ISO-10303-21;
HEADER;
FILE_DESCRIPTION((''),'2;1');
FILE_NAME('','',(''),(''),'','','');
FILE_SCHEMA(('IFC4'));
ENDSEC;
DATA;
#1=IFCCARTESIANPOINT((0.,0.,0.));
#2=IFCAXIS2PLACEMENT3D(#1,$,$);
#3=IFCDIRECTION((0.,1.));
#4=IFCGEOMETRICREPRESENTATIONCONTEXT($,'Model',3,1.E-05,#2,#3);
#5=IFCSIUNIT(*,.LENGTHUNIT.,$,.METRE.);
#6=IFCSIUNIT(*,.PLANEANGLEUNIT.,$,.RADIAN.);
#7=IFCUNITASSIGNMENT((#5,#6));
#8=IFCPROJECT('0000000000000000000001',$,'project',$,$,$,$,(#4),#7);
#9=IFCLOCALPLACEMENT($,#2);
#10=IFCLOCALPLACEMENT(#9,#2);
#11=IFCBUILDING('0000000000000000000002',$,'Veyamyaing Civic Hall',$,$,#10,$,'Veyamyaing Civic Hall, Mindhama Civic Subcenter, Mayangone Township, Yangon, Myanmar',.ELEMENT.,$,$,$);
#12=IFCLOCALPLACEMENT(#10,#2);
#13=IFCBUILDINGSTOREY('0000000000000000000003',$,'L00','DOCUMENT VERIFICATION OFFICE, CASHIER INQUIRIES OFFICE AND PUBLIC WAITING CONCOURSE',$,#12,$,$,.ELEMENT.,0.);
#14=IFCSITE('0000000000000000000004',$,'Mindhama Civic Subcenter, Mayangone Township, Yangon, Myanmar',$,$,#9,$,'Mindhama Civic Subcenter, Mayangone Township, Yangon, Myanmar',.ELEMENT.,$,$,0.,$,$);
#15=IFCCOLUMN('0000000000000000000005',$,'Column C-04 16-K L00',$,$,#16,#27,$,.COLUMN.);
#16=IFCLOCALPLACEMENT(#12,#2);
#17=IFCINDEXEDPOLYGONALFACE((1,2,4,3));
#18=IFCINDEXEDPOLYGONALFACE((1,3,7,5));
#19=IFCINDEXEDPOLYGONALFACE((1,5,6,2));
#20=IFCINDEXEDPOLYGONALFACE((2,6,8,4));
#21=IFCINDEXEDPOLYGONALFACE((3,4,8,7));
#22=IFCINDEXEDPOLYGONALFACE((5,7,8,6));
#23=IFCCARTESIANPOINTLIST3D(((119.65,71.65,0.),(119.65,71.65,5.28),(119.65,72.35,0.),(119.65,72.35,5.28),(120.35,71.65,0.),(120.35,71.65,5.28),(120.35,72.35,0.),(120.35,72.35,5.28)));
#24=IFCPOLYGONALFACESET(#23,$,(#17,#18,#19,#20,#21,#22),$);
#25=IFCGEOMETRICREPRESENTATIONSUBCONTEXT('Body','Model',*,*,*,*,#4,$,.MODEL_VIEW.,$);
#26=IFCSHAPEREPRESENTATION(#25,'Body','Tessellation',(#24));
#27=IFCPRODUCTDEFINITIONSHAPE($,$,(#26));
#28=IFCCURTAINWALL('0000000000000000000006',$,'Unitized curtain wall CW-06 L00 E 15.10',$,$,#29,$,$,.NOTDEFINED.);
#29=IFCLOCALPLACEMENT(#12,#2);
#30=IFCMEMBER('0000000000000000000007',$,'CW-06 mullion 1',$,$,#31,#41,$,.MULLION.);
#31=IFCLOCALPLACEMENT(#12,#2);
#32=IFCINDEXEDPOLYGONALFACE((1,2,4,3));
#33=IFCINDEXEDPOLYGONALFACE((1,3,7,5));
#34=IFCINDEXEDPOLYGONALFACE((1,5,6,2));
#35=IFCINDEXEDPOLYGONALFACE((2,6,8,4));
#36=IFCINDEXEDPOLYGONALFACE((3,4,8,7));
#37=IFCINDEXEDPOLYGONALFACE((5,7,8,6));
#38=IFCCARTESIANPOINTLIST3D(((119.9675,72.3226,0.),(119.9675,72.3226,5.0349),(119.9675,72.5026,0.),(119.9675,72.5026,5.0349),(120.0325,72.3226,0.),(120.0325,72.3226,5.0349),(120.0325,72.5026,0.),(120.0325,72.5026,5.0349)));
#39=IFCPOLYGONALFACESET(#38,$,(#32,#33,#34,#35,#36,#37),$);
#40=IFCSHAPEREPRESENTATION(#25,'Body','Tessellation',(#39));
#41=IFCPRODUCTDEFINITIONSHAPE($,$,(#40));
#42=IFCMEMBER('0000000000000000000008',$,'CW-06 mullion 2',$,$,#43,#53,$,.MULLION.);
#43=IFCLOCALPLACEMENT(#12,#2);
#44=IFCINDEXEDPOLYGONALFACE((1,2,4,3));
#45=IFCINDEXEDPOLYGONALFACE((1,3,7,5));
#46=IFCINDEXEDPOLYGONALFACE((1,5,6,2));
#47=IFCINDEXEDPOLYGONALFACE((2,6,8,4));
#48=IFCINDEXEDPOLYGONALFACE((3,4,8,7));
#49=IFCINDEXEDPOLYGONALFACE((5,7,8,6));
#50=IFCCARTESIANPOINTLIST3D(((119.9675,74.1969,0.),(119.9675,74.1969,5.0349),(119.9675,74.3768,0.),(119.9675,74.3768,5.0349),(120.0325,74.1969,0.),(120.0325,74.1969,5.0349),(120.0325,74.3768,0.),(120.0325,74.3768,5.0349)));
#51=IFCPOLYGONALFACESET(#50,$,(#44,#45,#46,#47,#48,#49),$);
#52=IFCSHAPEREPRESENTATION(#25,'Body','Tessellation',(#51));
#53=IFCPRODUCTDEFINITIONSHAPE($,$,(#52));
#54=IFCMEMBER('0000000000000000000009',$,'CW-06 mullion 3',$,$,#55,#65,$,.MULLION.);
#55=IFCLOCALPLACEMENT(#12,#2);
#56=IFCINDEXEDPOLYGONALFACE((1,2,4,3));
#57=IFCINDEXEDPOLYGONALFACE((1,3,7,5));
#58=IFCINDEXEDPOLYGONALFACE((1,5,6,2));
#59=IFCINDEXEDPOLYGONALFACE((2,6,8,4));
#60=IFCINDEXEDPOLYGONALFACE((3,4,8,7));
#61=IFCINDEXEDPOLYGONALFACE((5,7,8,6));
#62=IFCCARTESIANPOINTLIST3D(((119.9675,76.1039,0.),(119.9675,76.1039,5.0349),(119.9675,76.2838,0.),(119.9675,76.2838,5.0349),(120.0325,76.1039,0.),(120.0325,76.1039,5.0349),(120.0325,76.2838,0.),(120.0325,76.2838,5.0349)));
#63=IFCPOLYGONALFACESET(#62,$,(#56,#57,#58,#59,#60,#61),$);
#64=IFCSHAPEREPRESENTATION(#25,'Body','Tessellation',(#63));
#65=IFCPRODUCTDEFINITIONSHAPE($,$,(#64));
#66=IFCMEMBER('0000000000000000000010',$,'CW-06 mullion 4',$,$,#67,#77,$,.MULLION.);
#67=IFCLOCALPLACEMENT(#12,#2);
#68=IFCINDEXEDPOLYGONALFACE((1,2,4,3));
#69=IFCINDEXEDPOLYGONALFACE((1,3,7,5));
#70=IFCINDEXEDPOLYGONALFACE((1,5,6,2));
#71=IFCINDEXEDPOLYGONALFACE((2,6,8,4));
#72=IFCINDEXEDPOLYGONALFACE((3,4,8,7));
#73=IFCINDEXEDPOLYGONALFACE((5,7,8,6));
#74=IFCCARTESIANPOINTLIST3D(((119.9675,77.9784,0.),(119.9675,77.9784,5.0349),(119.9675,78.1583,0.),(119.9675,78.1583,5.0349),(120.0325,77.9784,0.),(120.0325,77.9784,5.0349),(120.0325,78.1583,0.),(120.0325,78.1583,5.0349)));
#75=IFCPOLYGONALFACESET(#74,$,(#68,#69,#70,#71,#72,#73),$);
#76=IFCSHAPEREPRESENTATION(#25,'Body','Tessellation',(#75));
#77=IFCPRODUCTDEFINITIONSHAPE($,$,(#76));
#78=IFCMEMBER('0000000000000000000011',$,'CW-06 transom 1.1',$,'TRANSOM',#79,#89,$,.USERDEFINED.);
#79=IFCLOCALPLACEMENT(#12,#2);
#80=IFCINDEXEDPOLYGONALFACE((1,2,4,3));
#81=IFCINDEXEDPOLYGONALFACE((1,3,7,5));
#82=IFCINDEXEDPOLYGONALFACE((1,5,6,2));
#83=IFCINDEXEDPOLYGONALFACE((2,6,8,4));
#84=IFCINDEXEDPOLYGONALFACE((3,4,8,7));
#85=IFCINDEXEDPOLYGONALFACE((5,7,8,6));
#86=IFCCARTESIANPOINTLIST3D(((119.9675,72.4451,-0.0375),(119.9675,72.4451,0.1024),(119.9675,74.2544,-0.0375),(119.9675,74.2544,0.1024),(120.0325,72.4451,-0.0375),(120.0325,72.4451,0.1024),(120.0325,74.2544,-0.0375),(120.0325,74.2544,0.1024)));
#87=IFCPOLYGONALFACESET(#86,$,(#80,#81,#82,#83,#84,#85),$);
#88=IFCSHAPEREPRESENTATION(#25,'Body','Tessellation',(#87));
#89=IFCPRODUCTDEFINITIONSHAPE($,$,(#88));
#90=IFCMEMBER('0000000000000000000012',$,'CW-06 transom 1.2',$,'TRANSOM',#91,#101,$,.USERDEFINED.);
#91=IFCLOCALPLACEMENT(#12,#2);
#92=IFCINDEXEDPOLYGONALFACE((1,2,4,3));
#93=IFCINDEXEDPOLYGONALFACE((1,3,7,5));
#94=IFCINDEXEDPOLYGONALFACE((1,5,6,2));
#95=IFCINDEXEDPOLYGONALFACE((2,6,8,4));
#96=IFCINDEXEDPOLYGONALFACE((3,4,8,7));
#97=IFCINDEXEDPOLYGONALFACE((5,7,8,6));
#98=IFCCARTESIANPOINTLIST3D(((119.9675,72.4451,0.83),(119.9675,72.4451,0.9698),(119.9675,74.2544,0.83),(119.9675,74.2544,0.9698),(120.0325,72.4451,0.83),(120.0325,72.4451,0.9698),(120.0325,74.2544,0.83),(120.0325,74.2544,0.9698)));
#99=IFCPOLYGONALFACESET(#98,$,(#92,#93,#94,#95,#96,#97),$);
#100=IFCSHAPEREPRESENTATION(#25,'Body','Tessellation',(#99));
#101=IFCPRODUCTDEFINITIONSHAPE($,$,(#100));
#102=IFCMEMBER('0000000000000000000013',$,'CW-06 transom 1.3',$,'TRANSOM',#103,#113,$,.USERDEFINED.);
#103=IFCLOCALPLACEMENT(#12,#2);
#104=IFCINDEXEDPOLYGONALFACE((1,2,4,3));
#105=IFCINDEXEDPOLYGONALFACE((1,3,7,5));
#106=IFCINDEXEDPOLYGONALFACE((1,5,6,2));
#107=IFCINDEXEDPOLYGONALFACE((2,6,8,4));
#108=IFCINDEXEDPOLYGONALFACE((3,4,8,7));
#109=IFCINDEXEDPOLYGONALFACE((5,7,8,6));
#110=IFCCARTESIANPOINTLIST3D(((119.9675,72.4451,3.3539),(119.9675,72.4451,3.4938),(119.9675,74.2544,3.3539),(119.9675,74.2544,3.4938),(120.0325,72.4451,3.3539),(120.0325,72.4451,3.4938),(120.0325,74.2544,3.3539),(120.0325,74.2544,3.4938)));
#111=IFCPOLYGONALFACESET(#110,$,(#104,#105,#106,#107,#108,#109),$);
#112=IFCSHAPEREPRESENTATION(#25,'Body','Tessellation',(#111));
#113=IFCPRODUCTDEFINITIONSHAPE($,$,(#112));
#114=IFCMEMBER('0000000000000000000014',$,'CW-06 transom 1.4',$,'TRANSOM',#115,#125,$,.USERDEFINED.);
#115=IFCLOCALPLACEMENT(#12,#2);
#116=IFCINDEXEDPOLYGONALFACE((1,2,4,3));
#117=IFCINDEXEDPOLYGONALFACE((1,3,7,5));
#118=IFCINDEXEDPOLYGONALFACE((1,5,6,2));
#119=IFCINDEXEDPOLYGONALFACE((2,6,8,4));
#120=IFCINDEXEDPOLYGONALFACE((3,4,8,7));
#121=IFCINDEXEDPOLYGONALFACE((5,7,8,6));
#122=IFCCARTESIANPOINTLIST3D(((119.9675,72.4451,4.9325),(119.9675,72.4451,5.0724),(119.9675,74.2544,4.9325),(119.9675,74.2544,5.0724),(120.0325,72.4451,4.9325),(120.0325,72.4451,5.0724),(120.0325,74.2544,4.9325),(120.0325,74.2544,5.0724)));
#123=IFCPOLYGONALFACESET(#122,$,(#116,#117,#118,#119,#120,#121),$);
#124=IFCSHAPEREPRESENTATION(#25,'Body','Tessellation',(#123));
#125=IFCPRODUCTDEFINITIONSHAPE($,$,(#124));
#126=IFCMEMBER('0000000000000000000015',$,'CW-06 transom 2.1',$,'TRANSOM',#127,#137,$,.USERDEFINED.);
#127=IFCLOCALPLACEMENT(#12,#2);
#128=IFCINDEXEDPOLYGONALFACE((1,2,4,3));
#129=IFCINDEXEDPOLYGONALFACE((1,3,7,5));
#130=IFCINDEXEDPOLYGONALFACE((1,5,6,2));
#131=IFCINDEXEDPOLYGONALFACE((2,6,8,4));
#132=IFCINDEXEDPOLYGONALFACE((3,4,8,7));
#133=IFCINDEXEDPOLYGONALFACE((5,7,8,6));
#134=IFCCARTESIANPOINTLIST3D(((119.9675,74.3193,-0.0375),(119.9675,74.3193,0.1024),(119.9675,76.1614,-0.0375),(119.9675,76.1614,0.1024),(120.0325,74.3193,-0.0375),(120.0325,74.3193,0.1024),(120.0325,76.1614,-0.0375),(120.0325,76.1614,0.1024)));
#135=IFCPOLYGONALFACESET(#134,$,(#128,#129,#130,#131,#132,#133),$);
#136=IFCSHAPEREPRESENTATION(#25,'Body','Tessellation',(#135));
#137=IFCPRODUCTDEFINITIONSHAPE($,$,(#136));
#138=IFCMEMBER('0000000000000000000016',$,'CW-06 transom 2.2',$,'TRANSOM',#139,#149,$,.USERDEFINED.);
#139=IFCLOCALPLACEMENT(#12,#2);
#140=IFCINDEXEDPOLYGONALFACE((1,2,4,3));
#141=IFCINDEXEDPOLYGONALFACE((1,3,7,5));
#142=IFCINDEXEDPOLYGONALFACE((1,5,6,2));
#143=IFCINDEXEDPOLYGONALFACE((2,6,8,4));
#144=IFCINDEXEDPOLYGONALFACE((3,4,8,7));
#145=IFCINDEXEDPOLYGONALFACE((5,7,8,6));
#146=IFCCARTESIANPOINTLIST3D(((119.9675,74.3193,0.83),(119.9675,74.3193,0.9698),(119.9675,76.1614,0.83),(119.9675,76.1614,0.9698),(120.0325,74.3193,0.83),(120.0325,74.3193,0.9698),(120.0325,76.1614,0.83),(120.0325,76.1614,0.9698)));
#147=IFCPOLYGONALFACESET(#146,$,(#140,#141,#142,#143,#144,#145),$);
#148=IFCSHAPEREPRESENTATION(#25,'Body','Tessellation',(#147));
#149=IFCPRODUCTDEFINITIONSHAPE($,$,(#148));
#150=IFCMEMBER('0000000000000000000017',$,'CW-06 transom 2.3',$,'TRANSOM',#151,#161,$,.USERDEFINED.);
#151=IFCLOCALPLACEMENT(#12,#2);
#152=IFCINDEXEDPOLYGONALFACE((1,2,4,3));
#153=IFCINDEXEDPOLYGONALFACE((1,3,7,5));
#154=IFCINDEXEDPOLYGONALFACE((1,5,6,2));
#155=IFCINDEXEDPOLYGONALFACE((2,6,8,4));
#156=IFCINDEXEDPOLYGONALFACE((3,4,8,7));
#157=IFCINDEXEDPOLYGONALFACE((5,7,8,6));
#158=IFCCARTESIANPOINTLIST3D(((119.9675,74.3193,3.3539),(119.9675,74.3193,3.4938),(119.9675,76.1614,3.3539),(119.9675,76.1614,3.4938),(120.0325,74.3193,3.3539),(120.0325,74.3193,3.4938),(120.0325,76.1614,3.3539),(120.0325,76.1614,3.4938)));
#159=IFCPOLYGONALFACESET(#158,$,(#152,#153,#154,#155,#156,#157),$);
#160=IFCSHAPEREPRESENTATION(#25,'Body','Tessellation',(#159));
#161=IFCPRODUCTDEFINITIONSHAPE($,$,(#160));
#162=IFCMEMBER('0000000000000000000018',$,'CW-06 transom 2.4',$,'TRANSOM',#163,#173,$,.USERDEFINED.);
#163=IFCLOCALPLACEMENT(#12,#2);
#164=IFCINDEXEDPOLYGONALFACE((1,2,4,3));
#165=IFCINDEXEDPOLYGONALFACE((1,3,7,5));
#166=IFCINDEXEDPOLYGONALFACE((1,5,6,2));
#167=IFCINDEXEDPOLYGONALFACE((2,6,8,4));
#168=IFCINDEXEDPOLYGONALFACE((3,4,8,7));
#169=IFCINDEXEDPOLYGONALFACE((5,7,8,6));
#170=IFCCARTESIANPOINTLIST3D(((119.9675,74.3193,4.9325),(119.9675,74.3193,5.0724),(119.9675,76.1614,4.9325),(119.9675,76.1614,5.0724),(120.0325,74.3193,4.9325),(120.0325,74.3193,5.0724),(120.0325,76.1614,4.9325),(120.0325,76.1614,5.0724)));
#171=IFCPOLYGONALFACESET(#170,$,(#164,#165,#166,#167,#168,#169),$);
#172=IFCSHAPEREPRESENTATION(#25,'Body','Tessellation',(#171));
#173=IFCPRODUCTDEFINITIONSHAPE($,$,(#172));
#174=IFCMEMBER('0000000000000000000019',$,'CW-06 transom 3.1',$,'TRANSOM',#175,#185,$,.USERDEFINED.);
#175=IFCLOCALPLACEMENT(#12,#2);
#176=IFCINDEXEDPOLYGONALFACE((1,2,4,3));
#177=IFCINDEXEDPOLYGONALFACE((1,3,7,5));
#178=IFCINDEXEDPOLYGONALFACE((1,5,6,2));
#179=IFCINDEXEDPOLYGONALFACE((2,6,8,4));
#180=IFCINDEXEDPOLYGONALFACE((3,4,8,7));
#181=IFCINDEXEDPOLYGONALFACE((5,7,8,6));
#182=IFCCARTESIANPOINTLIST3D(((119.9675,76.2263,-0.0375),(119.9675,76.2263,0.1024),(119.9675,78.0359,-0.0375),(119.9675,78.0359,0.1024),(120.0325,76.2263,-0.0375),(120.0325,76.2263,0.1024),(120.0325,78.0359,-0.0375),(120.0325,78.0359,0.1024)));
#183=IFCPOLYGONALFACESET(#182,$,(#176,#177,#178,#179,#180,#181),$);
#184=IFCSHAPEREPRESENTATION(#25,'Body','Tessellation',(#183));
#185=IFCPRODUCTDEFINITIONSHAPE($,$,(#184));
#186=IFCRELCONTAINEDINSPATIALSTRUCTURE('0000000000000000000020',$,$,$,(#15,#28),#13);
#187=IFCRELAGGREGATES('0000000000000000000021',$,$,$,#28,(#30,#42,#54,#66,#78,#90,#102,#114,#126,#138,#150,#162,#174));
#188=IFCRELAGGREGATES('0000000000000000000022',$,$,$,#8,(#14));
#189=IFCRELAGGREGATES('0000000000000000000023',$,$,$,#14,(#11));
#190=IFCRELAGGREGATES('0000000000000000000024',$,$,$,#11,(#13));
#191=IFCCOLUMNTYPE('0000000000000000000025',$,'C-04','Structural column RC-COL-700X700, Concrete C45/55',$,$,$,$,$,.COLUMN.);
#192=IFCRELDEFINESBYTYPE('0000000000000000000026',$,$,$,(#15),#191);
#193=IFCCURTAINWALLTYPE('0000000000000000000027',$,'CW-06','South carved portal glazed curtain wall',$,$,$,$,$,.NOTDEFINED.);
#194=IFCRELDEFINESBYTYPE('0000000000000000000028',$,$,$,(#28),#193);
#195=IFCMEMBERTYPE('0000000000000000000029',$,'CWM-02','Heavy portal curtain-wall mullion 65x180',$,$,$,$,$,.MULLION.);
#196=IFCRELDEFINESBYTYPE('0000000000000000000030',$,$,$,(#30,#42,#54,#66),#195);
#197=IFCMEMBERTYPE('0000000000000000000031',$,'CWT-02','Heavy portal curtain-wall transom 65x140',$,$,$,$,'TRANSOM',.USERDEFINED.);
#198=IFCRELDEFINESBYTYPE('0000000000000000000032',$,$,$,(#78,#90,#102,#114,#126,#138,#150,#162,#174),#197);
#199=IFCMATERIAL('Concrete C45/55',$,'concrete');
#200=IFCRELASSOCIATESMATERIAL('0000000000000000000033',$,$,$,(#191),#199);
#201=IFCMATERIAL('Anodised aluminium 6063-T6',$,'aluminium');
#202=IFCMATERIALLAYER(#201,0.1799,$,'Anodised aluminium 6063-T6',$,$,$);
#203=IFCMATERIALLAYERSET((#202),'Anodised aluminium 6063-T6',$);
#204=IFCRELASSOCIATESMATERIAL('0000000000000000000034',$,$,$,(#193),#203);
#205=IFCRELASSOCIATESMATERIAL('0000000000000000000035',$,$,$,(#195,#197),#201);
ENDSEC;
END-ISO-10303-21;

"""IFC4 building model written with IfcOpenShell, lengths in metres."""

from ifc_helpers import new_model, si_unit, direction, frame, origin, origin_2d, place, context, subcontext, project, spatial, rectangle, extrude, material, layer, layer_set, material_profile, profile_set, type_object, element, aggregate, save


model = new_model("IFC4")

# Units and contexts
model_context = context("Model", 3, precision=1e-05, world=origin(), true_north=direction((0.0, 1.0)))
body_context = subcontext(model_context, "Body", "Model", "MODEL_VIEW")
ifc_project = project(units=[si_unit("LENGTHUNIT", "METRE"), si_unit("PLANEANGLEUNIT", "RADIAN")], contexts=[model_context])

# Site, building, storey
site_placement = place(None, origin())
site = spatial("IfcSite", under=ifc_project, at=site_placement, Name="Mindhama Civic Subcenter, Mayangone Township, Yangon, Myanmar", LongName="Mindhama Civic Subcenter, Mayangone Township, Yangon, Myanmar", CompositionType="ELEMENT", RefElevation=0.0)
building_placement = place(site_placement, origin())
building = spatial("IfcBuilding", under=site, at=building_placement, Name="Veyamyaing Civic Hall", LongName="Veyamyaing Civic Hall, Mindhama Civic Subcenter, Mayangone Township, Yangon, Myanmar", CompositionType="ELEMENT")
storey_placement = place(building_placement, origin())
storey = spatial("IfcBuildingStorey", under=building, at=storey_placement, Name="L00", Description="DOCUMENT VERIFICATION OFFICE, CASHIER INQUIRIES OFFICE AND PUBLIC WAITING CONCOURSE", CompositionType="ELEMENT", Elevation=0.0)

# Column
ifc_material_1 = material(Name="Concrete C45/55", Category="concrete")
ifc_material_profile_1 = material_profile(ifc_material_1, rectangle(XDim=0.7, YDim=0.7, at=origin_2d()), Name="RC-COL-700X700")
ifc_profile_set_1 = profile_set([ifc_material_profile_1], Name="Concrete C45/55")
column_type = type_object("IfcColumnType", Name="C-04", Description="Structural column RC-COL-700X700, Concrete C45/55", PredefinedType="COLUMN", material=ifc_profile_set_1)
column_placement = place(storey_placement, frame((120.0, 72.0, 0.0), z_axis=(0.0, 0.0, 1.0), x_axis=(1.0, 0.0, 0.0)))
element("IfcColumn", 1, at=column_placement, inside=storey, type_object=column_type, Name="Column C-04 16-K L00", PredefinedType="COLUMN", context=body_context, shape_type="SweptSolid", body=[
    extrude(rectangle(XDim=0.7, YDim=0.7, at=origin_2d()), origin(), (0.0, 0.0, 1.0), 5.28),
])

# Curtain wall, members
ifc_material_2 = material(Name="Anodised aluminium 6063-T6", Category="aluminium")
ifc_layer_1 = layer(ifc_material_2, 0.1799, Name="Anodised aluminium 6063-T6")
ifc_layer_set_1 = layer_set([ifc_layer_1], Name="Anodised aluminium 6063-T6")
curtain_wall_type = type_object("IfcCurtainWallType", Name="CW-06", Description="South carved portal glazed curtain wall", PredefinedType="NOTDEFINED", material=ifc_layer_set_1)
curtain_wall_placement = place(storey_placement, origin())
curtain_wall = element("IfcCurtainWall", 2, at=curtain_wall_placement, inside=storey, type_object=curtain_wall_type, Name="Unitized curtain wall CW-06 L00 E 15.10", PredefinedType="NOTDEFINED")
ifc_material_profile_2 = material_profile(ifc_material_2, rectangle(XDim=0.0649, YDim=0.1799, at=origin_2d()), Name="ALU-MUL-65X180")
ifc_profile_set_2 = profile_set([ifc_material_profile_2], Name="Anodised aluminium 6063-T6")
member_type_1 = type_object("IfcMemberType", Name="CWM-02", Description="Heavy portal curtain-wall mullion 65x180", PredefinedType="MULLION", material=ifc_profile_set_2)
member_1_placement = place(storey_placement, frame((120.0, 72.4126, 0.0), z_axis=(0.0, 0.0, 1.0), x_axis=(-1.0, 0.0, 0.0)))
member_1 = element("IfcMember", 3, at=member_1_placement, type_object=member_type_1, Name="CW-06 mullion 1", PredefinedType="MULLION", context=body_context, shape_type="SweptSolid", body=[
    extrude(rectangle(XDim=0.0649, YDim=0.1799, at=origin_2d()), origin(), (0.0, 0.0, 1.0), 5.0349),
])
member_2_placement = place(storey_placement, frame((120.0, 74.2869, 0.0), z_axis=(0.0, 0.0, 1.0), x_axis=(-1.0, 0.0, 0.0)))
member_2 = element("IfcMember", 4, at=member_2_placement, type_object=member_type_1, Name="CW-06 mullion 2", PredefinedType="MULLION", context=body_context, shape_type="SweptSolid", body=[
    extrude(rectangle(XDim=0.0649, YDim=0.1799, at=origin_2d()), origin(), (0.0, 0.0, 1.0), 5.0349),
])
member_3_placement = place(storey_placement, frame((120.0, 76.1938, 0.0), z_axis=(0.0, 0.0, 1.0), x_axis=(-1.0, 0.0, 0.0)))
member_3 = element("IfcMember", 5, at=member_3_placement, type_object=member_type_1, Name="CW-06 mullion 3", PredefinedType="MULLION", context=body_context, shape_type="SweptSolid", body=[
    extrude(rectangle(XDim=0.0649, YDim=0.1799, at=origin_2d()), origin(), (0.0, 0.0, 1.0), 5.0349),
])
member_4_placement = place(storey_placement, frame((120.0, 78.0684, 0.0), z_axis=(0.0, 0.0, 1.0), x_axis=(-1.0, 0.0, 0.0)))
member_4 = element("IfcMember", 6, at=member_4_placement, type_object=member_type_1, Name="CW-06 mullion 4", PredefinedType="MULLION", context=body_context, shape_type="SweptSolid", body=[
    extrude(rectangle(XDim=0.0649, YDim=0.1799, at=origin_2d()), origin(), (0.0, 0.0, 1.0), 5.0349),
])
ifc_material_profile_3 = material_profile(ifc_material_2, rectangle(XDim=0.0649, YDim=0.1399, at=origin_2d()), Name="ALU-TRN-65X140")
ifc_profile_set_3 = profile_set([ifc_material_profile_3], Name="Anodised aluminium 6063-T6")
member_type_2 = type_object("IfcMemberType", Name="CWT-02", Description="Heavy portal curtain-wall transom 65x140", ElementType="TRANSOM", PredefinedType="USERDEFINED", material=ifc_profile_set_3)
member_5_placement = place(storey_placement, frame((120.0, 72.4451, 0.0325), z_axis=(0.0, 1.0, 0.0), x_axis=(-1.0, 0.0, 0.0)))
member_5 = element("IfcMember", 7, at=member_5_placement, type_object=member_type_2, Name="CW-06 transom 1.1", ObjectType="TRANSOM", PredefinedType="USERDEFINED", context=body_context, shape_type="SweptSolid", body=[
    extrude(rectangle(XDim=0.0649, YDim=0.1399, at=origin_2d()), origin(), (0.0, 0.0, 1.0), 1.8093),
])
member_6_placement = place(storey_placement, frame((120.0, 72.4451, 0.8999), z_axis=(0.0, 1.0, 0.0), x_axis=(-1.0, 0.0, 0.0)))
member_6 = element("IfcMember", 8, at=member_6_placement, type_object=member_type_2, Name="CW-06 transom 1.2", ObjectType="TRANSOM", PredefinedType="USERDEFINED", context=body_context, shape_type="SweptSolid", body=[
    extrude(rectangle(XDim=0.0649, YDim=0.1399, at=origin_2d()), origin(), (0.0, 0.0, 1.0), 1.8093),
])
member_7_placement = place(storey_placement, frame((120.0, 72.4451, 3.4238), z_axis=(0.0, 1.0, 0.0), x_axis=(-1.0, 0.0, 0.0)))
member_7 = element("IfcMember", 9, at=member_7_placement, type_object=member_type_2, Name="CW-06 transom 1.3", ObjectType="TRANSOM", PredefinedType="USERDEFINED", context=body_context, shape_type="SweptSolid", body=[
    extrude(rectangle(XDim=0.0649, YDim=0.1399, at=origin_2d()), origin(), (0.0, 0.0, 1.0), 1.8093),
])
member_8_placement = place(storey_placement, frame((120.0, 72.4451, 5.0024), z_axis=(0.0, 1.0, 0.0), x_axis=(-1.0, 0.0, 0.0)))
member_8 = element("IfcMember", 10, at=member_8_placement, type_object=member_type_2, Name="CW-06 transom 1.4", ObjectType="TRANSOM", PredefinedType="USERDEFINED", context=body_context, shape_type="SweptSolid", body=[
    extrude(rectangle(XDim=0.0649, YDim=0.1399, at=origin_2d()), origin(), (0.0, 0.0, 1.0), 1.8093),
])
member_9_placement = place(storey_placement, frame((120.0, 74.3193, 0.0325), z_axis=(0.0, 1.0, 0.0), x_axis=(-1.0, 0.0, 0.0)))
member_9 = element("IfcMember", 11, at=member_9_placement, type_object=member_type_2, Name="CW-06 transom 2.1", ObjectType="TRANSOM", PredefinedType="USERDEFINED", context=body_context, shape_type="SweptSolid", body=[
    extrude(rectangle(XDim=0.0649, YDim=0.1399, at=origin_2d()), origin(), (0.0, 0.0, 1.0), 1.842),
])
member_10_placement = place(storey_placement, frame((120.0, 74.3193, 0.8999), z_axis=(0.0, 1.0, 0.0), x_axis=(-1.0, 0.0, 0.0)))
member_10 = element("IfcMember", 12, at=member_10_placement, type_object=member_type_2, Name="CW-06 transom 2.2", ObjectType="TRANSOM", PredefinedType="USERDEFINED", context=body_context, shape_type="SweptSolid", body=[
    extrude(rectangle(XDim=0.0649, YDim=0.1399, at=origin_2d()), origin(), (0.0, 0.0, 1.0), 1.842),
])
member_11_placement = place(storey_placement, frame((120.0, 74.3193, 3.4238), z_axis=(0.0, 1.0, 0.0), x_axis=(-1.0, 0.0, 0.0)))
member_11 = element("IfcMember", 13, at=member_11_placement, type_object=member_type_2, Name="CW-06 transom 2.3", ObjectType="TRANSOM", PredefinedType="USERDEFINED", context=body_context, shape_type="SweptSolid", body=[
    extrude(rectangle(XDim=0.0649, YDim=0.1399, at=origin_2d()), origin(), (0.0, 0.0, 1.0), 1.842),
])
member_12_placement = place(storey_placement, frame((120.0, 74.3193, 5.0024), z_axis=(0.0, 1.0, 0.0), x_axis=(-1.0, 0.0, 0.0)))
member_12 = element("IfcMember", 14, at=member_12_placement, type_object=member_type_2, Name="CW-06 transom 2.4", ObjectType="TRANSOM", PredefinedType="USERDEFINED", context=body_context, shape_type="SweptSolid", body=[
    extrude(rectangle(XDim=0.0649, YDim=0.1399, at=origin_2d()), origin(), (0.0, 0.0, 1.0), 1.842),
])
member_13_placement = place(storey_placement, frame((120.0, 76.2263, 0.0325), z_axis=(0.0, 1.0, 0.0), x_axis=(-1.0, 0.0, 0.0)))
member_13 = element("IfcMember", 15, at=member_13_placement, type_object=member_type_2, Name="CW-06 transom 3.1", ObjectType="TRANSOM", PredefinedType="USERDEFINED", context=body_context, shape_type="SweptSolid", body=[
    extrude(rectangle(XDim=0.0649, YDim=0.1399, at=origin_2d()), origin(), (0.0, 0.0, 1.0), 1.8096),
])
aggregate(curtain_wall, [member_1, member_2, member_3, member_4, member_5, member_6, member_7, member_8, member_9, member_10, member_11, member_12, member_13])

save(model, "model.ifc")
